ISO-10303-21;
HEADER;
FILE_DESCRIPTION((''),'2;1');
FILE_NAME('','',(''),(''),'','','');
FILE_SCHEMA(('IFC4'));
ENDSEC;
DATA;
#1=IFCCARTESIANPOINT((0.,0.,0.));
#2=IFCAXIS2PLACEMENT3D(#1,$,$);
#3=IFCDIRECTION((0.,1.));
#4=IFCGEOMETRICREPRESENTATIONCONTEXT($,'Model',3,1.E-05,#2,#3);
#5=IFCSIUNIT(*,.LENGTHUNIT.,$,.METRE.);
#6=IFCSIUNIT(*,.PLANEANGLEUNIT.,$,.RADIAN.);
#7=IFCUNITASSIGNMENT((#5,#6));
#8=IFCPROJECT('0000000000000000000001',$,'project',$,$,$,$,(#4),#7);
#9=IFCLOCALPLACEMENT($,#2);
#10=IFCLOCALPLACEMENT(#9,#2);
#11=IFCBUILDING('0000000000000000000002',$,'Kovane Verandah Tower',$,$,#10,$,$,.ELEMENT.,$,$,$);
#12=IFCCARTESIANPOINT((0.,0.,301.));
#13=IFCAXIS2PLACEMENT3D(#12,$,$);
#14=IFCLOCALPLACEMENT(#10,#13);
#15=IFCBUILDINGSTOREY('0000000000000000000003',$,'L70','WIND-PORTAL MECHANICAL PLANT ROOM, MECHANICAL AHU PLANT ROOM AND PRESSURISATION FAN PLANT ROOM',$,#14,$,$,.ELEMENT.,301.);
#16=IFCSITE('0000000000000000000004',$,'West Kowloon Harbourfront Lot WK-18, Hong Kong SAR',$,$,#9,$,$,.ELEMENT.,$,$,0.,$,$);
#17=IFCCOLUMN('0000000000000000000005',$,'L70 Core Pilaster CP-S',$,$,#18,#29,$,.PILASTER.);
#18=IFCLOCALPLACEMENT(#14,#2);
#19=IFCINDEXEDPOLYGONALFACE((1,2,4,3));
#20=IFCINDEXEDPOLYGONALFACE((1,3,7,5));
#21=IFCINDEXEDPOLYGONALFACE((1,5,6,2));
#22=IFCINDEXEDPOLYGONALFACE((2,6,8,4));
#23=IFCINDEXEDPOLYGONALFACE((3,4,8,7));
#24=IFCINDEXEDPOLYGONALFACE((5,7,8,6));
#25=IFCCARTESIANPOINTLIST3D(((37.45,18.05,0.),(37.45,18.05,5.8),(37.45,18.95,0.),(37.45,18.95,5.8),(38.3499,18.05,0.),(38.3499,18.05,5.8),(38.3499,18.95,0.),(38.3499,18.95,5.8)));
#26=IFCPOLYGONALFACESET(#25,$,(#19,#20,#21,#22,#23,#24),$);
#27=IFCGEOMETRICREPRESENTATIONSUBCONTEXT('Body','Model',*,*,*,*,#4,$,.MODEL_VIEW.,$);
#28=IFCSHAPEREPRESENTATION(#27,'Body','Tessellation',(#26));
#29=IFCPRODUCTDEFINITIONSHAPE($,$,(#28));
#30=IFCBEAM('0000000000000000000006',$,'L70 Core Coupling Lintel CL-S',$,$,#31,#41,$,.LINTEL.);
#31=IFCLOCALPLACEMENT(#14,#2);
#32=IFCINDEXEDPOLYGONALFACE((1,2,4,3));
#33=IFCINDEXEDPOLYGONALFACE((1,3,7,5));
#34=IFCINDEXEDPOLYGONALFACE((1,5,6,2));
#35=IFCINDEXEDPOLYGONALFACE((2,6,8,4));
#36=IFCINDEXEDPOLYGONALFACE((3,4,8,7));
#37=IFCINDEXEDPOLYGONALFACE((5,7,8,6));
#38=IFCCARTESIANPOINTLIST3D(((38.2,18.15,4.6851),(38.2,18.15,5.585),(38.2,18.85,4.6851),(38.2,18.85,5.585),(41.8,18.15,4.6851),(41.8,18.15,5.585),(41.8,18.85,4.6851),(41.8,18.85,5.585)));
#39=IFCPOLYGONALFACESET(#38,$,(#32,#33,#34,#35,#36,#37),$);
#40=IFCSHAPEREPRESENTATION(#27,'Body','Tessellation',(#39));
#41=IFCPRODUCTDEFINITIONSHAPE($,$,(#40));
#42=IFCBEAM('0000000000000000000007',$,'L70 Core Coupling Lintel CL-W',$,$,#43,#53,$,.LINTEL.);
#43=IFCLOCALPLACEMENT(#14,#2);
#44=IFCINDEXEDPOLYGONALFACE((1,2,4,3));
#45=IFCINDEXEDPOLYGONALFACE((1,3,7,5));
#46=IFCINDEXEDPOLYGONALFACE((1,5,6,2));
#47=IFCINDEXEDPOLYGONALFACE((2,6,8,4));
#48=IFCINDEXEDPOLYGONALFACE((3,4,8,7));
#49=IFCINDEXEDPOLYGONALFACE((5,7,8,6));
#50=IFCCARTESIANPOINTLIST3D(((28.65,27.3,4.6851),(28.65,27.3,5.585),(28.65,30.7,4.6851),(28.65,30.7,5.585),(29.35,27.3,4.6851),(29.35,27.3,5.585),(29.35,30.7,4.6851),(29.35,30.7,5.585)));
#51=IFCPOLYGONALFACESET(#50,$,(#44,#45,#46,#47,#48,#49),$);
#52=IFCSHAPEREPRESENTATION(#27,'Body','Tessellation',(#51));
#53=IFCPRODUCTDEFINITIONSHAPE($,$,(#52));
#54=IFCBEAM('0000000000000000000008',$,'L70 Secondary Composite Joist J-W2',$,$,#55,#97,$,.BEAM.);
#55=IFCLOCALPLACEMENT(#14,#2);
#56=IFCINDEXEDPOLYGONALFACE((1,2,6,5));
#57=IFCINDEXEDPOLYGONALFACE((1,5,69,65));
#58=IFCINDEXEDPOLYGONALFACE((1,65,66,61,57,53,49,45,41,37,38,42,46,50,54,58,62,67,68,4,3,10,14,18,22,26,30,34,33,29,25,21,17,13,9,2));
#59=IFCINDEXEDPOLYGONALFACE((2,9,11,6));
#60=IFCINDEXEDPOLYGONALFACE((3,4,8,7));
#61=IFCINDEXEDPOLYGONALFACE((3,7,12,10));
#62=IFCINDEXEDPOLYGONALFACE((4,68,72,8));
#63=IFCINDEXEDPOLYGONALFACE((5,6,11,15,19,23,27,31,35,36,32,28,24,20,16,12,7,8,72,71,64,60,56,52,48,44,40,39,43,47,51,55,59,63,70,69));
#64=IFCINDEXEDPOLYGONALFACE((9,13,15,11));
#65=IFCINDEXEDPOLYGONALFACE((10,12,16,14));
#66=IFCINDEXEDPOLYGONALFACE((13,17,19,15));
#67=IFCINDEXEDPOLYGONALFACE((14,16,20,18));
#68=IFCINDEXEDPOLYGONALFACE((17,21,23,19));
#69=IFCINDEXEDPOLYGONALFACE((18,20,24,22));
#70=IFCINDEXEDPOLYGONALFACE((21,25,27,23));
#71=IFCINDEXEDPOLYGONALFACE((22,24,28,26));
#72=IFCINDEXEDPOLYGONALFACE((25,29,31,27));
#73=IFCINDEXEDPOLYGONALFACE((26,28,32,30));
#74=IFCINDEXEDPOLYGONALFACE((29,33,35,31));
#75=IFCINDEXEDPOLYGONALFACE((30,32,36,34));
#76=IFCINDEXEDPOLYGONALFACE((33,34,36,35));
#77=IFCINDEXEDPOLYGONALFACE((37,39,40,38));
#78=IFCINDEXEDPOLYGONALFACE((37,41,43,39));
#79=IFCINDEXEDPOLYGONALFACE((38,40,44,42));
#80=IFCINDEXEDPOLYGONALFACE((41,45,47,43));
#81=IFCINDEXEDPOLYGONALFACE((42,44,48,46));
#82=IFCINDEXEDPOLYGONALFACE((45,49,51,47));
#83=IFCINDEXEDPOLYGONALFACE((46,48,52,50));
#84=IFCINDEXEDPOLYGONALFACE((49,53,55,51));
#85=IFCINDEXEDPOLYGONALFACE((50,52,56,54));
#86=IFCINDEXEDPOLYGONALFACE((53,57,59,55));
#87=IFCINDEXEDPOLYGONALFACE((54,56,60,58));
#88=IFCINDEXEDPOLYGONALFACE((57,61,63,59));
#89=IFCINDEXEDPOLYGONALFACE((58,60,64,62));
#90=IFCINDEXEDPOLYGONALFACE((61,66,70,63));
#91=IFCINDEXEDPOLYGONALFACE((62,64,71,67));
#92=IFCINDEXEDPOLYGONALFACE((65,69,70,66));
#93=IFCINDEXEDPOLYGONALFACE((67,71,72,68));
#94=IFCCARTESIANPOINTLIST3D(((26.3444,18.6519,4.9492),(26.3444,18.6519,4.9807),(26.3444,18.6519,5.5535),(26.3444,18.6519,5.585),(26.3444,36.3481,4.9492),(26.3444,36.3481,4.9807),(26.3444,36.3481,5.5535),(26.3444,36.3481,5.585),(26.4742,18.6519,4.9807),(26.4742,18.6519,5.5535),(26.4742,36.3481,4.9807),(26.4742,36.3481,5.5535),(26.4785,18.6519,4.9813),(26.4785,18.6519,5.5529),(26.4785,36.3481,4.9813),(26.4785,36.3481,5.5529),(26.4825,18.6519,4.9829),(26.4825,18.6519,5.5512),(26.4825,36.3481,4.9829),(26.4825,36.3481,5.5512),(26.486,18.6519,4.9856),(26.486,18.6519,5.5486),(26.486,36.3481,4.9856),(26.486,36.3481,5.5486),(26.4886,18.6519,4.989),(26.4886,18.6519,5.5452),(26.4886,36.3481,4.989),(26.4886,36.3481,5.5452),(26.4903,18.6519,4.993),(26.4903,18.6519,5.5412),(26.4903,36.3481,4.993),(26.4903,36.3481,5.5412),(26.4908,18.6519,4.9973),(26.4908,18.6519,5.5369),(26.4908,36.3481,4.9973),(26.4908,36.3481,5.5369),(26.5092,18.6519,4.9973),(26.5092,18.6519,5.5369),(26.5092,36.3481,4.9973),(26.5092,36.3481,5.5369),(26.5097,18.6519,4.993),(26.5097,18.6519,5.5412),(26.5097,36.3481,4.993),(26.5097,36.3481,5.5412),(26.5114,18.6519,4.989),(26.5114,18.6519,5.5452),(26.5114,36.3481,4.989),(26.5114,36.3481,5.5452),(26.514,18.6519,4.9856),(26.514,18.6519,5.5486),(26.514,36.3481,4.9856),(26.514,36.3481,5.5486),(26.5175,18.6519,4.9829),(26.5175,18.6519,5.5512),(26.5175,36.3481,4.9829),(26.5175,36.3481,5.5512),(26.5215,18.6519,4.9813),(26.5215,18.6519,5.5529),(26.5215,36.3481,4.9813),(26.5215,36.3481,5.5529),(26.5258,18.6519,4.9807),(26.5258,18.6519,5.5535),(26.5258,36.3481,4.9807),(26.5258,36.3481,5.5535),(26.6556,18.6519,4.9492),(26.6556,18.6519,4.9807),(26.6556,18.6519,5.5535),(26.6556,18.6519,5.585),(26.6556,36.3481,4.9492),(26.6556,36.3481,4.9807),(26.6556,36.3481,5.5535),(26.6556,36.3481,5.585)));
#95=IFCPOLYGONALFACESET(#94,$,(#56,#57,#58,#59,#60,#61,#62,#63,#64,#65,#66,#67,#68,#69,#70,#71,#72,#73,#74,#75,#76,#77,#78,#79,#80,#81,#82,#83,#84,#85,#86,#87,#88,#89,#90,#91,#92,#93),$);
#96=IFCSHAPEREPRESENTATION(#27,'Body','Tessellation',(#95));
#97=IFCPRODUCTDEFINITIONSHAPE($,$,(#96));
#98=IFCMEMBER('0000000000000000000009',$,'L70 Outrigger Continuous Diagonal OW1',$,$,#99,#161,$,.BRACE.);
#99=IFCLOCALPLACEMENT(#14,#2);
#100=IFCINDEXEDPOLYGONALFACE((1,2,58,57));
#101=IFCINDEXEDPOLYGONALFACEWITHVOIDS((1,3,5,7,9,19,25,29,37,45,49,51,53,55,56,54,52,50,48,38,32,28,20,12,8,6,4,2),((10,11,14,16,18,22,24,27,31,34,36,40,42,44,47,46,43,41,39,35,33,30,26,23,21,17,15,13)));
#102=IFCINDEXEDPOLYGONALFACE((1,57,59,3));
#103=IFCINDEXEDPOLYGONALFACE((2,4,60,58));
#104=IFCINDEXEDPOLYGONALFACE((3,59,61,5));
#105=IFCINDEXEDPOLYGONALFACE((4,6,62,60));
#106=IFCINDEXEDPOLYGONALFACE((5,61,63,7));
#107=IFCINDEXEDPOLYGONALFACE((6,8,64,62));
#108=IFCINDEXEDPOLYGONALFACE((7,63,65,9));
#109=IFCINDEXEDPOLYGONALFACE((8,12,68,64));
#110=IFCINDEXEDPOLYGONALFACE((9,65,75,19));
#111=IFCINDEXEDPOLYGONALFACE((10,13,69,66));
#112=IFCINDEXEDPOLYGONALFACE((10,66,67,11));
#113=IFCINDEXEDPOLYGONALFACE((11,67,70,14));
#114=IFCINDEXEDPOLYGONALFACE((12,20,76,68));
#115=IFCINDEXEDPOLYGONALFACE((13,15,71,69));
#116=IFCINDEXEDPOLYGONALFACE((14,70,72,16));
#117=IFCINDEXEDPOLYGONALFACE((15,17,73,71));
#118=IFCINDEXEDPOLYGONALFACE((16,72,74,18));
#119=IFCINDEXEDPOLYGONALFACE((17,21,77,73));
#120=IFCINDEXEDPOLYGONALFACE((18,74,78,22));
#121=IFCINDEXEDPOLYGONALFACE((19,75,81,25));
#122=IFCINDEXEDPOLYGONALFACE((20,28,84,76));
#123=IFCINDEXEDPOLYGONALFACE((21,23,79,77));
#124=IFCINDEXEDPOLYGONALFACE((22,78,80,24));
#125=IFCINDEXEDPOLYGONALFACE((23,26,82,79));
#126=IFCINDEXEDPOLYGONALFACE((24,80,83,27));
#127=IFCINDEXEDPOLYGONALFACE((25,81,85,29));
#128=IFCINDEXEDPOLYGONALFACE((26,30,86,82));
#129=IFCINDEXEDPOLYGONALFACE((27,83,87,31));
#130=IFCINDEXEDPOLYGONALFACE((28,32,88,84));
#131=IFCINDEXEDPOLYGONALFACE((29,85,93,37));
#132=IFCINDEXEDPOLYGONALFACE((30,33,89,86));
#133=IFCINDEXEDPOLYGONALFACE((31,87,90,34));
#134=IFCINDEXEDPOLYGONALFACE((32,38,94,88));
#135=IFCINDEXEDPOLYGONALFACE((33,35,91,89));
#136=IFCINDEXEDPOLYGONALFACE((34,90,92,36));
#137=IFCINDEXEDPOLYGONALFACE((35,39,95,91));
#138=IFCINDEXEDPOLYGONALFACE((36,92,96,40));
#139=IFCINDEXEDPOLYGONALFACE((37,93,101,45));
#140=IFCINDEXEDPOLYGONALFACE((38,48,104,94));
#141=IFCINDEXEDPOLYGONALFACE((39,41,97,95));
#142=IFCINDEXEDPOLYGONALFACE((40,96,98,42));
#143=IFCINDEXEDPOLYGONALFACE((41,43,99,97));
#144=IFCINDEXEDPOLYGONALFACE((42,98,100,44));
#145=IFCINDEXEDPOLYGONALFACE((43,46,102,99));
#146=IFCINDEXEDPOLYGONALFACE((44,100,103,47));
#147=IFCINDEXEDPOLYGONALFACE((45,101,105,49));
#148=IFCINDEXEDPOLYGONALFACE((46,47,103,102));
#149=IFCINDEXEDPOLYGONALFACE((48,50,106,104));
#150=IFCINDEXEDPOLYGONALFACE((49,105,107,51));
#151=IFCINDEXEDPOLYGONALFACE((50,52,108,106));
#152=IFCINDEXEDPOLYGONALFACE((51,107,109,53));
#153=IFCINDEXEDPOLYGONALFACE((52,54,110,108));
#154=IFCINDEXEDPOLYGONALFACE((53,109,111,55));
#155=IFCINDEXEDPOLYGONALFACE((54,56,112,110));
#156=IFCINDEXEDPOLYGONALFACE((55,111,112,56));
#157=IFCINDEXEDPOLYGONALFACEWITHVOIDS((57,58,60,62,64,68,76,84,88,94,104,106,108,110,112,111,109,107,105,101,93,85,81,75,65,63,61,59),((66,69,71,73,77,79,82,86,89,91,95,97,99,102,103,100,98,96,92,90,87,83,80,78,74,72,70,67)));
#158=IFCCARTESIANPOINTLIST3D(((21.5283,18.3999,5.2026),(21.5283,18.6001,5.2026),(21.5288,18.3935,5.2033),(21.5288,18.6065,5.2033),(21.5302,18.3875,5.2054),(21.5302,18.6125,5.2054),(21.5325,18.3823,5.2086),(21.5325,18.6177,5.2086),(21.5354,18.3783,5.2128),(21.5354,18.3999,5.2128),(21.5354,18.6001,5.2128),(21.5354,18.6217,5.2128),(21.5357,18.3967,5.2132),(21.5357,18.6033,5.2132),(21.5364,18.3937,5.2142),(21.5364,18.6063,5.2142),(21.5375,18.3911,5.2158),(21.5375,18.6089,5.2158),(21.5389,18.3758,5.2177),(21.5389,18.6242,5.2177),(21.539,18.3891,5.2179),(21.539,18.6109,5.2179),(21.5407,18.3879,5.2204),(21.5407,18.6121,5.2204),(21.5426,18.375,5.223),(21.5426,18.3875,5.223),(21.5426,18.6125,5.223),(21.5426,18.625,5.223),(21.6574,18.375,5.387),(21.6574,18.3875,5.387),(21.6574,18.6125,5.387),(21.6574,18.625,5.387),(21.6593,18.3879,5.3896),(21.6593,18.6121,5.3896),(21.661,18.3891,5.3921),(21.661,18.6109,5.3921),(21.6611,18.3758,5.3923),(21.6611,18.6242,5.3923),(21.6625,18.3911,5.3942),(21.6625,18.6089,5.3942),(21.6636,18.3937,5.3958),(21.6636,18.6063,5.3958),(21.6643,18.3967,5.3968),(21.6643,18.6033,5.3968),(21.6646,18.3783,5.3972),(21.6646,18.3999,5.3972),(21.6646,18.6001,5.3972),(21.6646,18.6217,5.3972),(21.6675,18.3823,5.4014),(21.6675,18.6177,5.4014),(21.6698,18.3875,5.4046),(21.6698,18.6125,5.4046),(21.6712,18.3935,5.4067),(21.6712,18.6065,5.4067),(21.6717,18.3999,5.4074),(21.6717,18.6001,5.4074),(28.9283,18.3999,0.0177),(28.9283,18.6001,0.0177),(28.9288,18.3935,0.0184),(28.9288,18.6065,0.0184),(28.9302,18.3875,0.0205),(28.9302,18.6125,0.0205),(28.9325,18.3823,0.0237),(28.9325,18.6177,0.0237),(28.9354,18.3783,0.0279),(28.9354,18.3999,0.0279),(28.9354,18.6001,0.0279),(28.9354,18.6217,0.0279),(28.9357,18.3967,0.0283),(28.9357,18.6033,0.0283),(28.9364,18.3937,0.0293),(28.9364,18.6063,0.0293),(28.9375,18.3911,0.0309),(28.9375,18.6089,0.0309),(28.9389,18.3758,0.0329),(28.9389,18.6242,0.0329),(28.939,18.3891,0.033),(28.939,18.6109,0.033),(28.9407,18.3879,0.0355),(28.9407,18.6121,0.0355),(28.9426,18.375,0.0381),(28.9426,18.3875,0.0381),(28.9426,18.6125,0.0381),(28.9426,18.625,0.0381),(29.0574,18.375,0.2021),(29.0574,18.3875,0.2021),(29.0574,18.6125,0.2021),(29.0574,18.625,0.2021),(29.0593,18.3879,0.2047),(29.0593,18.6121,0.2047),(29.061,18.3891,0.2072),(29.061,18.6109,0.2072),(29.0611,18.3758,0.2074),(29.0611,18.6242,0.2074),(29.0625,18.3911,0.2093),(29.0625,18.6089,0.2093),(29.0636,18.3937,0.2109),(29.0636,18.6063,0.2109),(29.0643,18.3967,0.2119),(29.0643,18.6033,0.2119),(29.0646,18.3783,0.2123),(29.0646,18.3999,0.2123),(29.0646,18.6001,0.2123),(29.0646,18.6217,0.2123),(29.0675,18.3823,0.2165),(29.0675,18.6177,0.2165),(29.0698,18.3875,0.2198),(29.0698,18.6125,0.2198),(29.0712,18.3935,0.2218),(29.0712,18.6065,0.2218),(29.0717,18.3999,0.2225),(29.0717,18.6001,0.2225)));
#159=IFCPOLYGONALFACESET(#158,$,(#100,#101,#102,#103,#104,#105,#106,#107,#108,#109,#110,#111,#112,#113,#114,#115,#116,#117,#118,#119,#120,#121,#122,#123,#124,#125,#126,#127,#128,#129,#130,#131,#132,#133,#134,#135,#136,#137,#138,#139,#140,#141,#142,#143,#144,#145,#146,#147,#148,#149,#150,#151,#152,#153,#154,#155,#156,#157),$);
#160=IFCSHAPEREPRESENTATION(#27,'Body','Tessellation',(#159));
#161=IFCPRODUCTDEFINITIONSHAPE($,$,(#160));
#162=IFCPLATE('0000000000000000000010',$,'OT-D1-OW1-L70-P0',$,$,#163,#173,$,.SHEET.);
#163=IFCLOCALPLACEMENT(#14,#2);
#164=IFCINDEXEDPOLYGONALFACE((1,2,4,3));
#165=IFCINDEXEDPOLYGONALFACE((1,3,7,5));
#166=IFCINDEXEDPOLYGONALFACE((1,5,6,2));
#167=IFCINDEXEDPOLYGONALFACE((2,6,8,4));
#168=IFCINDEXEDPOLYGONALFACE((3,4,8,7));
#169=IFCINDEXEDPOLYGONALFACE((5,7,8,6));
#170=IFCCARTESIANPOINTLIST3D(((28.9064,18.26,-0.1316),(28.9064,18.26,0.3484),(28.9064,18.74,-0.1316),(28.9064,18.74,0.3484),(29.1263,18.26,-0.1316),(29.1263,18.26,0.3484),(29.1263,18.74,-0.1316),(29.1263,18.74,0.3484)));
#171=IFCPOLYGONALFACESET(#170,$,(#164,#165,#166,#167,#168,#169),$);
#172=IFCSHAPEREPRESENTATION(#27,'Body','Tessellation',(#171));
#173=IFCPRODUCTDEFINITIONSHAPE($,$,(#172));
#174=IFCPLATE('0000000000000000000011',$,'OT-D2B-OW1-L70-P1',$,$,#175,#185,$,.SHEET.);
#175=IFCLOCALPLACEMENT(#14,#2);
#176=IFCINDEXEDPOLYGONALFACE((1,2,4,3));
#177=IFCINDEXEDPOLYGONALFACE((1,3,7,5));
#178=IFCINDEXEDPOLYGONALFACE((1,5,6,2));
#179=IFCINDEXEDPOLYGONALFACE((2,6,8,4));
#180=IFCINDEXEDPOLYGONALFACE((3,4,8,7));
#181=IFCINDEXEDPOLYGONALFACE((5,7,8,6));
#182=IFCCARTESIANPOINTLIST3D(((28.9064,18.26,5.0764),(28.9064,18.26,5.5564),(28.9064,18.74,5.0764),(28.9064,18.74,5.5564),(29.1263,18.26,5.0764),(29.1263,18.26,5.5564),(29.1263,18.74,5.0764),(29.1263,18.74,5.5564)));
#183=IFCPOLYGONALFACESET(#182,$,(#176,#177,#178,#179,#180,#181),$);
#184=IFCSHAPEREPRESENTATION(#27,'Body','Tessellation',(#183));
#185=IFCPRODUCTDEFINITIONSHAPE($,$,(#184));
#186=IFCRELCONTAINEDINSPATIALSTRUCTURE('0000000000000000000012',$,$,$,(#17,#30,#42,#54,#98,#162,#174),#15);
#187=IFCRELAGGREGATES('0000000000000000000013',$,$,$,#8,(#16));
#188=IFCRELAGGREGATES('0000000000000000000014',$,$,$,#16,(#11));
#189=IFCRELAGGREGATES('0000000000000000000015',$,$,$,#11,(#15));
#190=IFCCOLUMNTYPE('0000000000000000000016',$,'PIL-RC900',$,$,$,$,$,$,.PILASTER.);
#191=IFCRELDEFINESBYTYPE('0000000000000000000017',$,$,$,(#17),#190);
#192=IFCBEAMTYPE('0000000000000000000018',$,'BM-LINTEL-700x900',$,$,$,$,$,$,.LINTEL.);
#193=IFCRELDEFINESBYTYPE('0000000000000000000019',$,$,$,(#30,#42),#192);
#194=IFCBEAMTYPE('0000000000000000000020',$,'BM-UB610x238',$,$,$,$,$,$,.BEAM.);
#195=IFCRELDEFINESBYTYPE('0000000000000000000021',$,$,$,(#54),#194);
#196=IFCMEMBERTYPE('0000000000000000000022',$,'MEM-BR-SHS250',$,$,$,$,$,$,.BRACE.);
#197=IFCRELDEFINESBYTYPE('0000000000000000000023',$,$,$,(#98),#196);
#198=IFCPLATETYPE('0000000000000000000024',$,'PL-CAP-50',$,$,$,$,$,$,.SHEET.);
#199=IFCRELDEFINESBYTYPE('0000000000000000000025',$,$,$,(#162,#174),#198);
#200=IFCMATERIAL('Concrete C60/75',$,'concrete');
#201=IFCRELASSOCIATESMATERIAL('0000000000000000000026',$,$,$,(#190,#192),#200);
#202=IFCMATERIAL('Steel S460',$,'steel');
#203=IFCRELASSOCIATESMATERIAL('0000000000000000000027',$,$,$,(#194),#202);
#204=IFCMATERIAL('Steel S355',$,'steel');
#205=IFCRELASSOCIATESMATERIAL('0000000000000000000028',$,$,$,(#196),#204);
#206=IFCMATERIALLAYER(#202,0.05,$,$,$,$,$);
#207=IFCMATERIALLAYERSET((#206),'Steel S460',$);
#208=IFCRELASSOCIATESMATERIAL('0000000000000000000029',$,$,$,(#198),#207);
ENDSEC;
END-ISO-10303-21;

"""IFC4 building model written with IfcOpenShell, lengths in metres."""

from ifc_helpers import new_model, si_unit, direction, frame, origin, origin_2d, place, context, subcontext, project, spatial, rectangle, hollow_rectangle, i_section, extrude, material, layer, layer_set, material_profile, profile_set, type_object, element, save


model = new_model("IFC4")

# Units and contexts
model_context = context("Model", 3, precision=1e-05, world=origin(), true_north=direction((0.0, 1.0)))
body_context = subcontext(model_context, "Body", "Model", "MODEL_VIEW")
ifc_project = project(units=[si_unit("LENGTHUNIT", "METRE"), si_unit("PLANEANGLEUNIT", "RADIAN")], contexts=[model_context])

# Site, building, storey
site_placement = place(None, origin())
site = spatial("IfcSite", under=ifc_project, at=site_placement, Name="West Kowloon Harbourfront Lot WK-18, Hong Kong SAR", CompositionType="ELEMENT", RefElevation=0.0)
building_placement = place(site_placement, origin())
building = spatial("IfcBuilding", under=site, at=building_placement, Name="Kovane Verandah Tower", CompositionType="ELEMENT")
storey_placement = place(building_placement, frame((0.0, 0.0, 301.0)))
storey = spatial("IfcBuildingStorey", under=building, at=storey_placement, Name="L70", Description="WIND-PORTAL MECHANICAL PLANT ROOM, MECHANICAL AHU PLANT ROOM AND PRESSURISATION FAN PLANT ROOM", CompositionType="ELEMENT", Elevation=301.0)

# Column
ifc_material_1 = material(Name="Concrete C60/75", Category="concrete")
ifc_material_profile_1 = material_profile(ifc_material_1, rectangle(XDim=0.8999, YDim=0.8999, at=origin_2d()), Name="RC900x900")
ifc_profile_set_1 = profile_set([ifc_material_profile_1], Name="Concrete C60/75")
column_type = type_object("IfcColumnType", Name="PIL-RC900", PredefinedType="PILASTER", material=ifc_profile_set_1)
column_placement = place(storey_placement, frame((37.8999, 18.5, 0.0), z_axis=(0.0, 0.0, 1.0), x_axis=(1.0, 0.0, 0.0)))
element("IfcColumn", 1, at=column_placement, inside=storey, type_object=column_type, Name="L70 Core Pilaster CP-S", PredefinedType="PILASTER", context=body_context, shape_type="SweptSolid", body=[
    extrude(rectangle(XDim=0.8999, YDim=0.8999, at=origin_2d()), origin(), (0.0, 0.0, 1.0), 5.8),
])

# Beams
ifc_material_profile_2 = material_profile(ifc_material_1, rectangle(XDim=0.7, YDim=0.8999, at=origin_2d()), Name="RCB700x900")
ifc_profile_set_2 = profile_set([ifc_material_profile_2], Name="Concrete C60/75")
beam_type_1 = type_object("IfcBeamType", Name="BM-LINTEL-700x900", PredefinedType="LINTEL", material=ifc_profile_set_2)
beam_1_placement = place(storey_placement, frame((38.2, 18.5, 5.135), z_axis=(1.0, 0.0, 0.0), x_axis=(0.0, 1.0, 0.0)))
element("IfcBeam", 2, at=beam_1_placement, inside=storey, type_object=beam_type_1, Name="L70 Core Coupling Lintel CL-S", PredefinedType="LINTEL", context=body_context, shape_type="SweptSolid", body=[
    extrude(rectangle(XDim=0.7, YDim=0.8999, at=origin_2d()), origin(), (0.0, 0.0, 1.0), 3.6001),
])
beam_2_placement = place(storey_placement, frame((29.0, 27.3, 5.135), z_axis=(0.0, 1.0, 0.0), x_axis=(-1.0, 0.0, 0.0)))
element("IfcBeam", 3, at=beam_2_placement, inside=storey, type_object=beam_type_1, Name="L70 Core Coupling Lintel CL-W", PredefinedType="LINTEL", context=body_context, shape_type="SweptSolid", body=[
    extrude(rectangle(XDim=0.7, YDim=0.8999, at=origin_2d()), origin(), (0.0, 0.0, 1.0), 3.3999),
])
ifc_material_2 = material(Name="Steel S460", Category="steel")
ifc_material_profile_3 = material_profile(ifc_material_2, i_section(OverallWidth=0.3113, OverallDepth=0.6357, WebThickness=0.0183, FlangeThickness=0.0315, FilletRadius=0.0166, at=origin_2d()), Name="UB610x305x238")
ifc_profile_set_3 = profile_set([ifc_material_profile_3], Name="Steel S460")
beam_type_2 = type_object("IfcBeamType", Name="BM-UB610x238", PredefinedType="BEAM", material=ifc_profile_set_3)
beam_3_placement = place(storey_placement, frame((26.5, 18.6519, 5.2671), z_axis=(0.0, 1.0, 0.0), x_axis=(-1.0, 0.0, 0.0)))
element("IfcBeam", 4, at=beam_3_placement, inside=storey, type_object=beam_type_2, Name="L70 Secondary Composite Joist J-W2", PredefinedType="BEAM", context=body_context, shape_type="SweptSolid", body=[
    extrude(i_section(OverallWidth=0.3113, OverallDepth=0.6357, WebThickness=0.0183, FlangeThickness=0.0315, FilletRadius=0.0166, at=origin_2d()), origin(), (0.0, 0.0, 1.0), 17.6963),
])

# Member
ifc_material_3 = material(Name="Steel S355", Category="steel")
ifc_material_profile_4 = material_profile(ifc_material_3, hollow_rectangle(XDim=0.25, YDim=0.25, WallThickness=0.0125, InnerFilletRadius=0.0125, OuterFilletRadius=0.0249, at=origin_2d()), Name="SHS250x250x12.5")
ifc_profile_set_4 = profile_set([ifc_material_profile_4], Name="Steel S355")
member_type = type_object("IfcMemberType", Name="MEM-BR-SHS250", PredefinedType="BRACE", material=ifc_profile_set_4)
member_placement = place(storey_placement, frame((29.0, 18.5, 0.1201), z_axis=(-0.818978, 0.0, 0.573825), x_axis=(0.0, -1.0, 0.0)))
element("IfcMember", 5, at=member_placement, inside=storey, type_object=member_type, Name="L70 Outrigger Continuous Diagonal OW1", PredefinedType="BRACE", context=body_context, shape_type="SweptSolid", body=[
    extrude(hollow_rectangle(XDim=0.25, YDim=0.25, WallThickness=0.0125, InnerFilletRadius=0.0125, OuterFilletRadius=0.0249, at=origin_2d()), origin(), (0.0, 0.0, 1.0), 9.0356),
])

# Plates
ifc_layer_1 = layer(ifc_material_2, 0.05)
ifc_layer_set_1 = layer_set([ifc_layer_1], Name="Steel S460")
plate_type = type_object("IfcPlateType", Name="PL-CAP-50", PredefinedType="SHEET", material=ifc_layer_set_1)
for number, where, z_axis, x_axis, name in (
    (6, (29.0164, 18.5, -0.1316), (0.0, 0.0, 1.0), (-1.0, 0.0, 0.0), "OT-D1-OW1-L70-P0"),
    (7, (29.0164, 18.5, 5.0764), (0.0, 0.0, 1.0), (1.0, 0.0, 0.0), "OT-D2B-OW1-L70-P1"),
):
    element("IfcPlate", number, at=place(storey_placement, frame(where, z_axis=z_axis, x_axis=x_axis)), inside=storey, type_object=plate_type, Name=name, PredefinedType="SHEET", context=body_context, shape_type="SweptSolid", body=[
        extrude(rectangle(XDim=0.22, YDim=0.48, at=origin_2d()), origin(), (0.0, 0.0, 1.0), 0.48),
    ])

save(model, "model.ifc")
